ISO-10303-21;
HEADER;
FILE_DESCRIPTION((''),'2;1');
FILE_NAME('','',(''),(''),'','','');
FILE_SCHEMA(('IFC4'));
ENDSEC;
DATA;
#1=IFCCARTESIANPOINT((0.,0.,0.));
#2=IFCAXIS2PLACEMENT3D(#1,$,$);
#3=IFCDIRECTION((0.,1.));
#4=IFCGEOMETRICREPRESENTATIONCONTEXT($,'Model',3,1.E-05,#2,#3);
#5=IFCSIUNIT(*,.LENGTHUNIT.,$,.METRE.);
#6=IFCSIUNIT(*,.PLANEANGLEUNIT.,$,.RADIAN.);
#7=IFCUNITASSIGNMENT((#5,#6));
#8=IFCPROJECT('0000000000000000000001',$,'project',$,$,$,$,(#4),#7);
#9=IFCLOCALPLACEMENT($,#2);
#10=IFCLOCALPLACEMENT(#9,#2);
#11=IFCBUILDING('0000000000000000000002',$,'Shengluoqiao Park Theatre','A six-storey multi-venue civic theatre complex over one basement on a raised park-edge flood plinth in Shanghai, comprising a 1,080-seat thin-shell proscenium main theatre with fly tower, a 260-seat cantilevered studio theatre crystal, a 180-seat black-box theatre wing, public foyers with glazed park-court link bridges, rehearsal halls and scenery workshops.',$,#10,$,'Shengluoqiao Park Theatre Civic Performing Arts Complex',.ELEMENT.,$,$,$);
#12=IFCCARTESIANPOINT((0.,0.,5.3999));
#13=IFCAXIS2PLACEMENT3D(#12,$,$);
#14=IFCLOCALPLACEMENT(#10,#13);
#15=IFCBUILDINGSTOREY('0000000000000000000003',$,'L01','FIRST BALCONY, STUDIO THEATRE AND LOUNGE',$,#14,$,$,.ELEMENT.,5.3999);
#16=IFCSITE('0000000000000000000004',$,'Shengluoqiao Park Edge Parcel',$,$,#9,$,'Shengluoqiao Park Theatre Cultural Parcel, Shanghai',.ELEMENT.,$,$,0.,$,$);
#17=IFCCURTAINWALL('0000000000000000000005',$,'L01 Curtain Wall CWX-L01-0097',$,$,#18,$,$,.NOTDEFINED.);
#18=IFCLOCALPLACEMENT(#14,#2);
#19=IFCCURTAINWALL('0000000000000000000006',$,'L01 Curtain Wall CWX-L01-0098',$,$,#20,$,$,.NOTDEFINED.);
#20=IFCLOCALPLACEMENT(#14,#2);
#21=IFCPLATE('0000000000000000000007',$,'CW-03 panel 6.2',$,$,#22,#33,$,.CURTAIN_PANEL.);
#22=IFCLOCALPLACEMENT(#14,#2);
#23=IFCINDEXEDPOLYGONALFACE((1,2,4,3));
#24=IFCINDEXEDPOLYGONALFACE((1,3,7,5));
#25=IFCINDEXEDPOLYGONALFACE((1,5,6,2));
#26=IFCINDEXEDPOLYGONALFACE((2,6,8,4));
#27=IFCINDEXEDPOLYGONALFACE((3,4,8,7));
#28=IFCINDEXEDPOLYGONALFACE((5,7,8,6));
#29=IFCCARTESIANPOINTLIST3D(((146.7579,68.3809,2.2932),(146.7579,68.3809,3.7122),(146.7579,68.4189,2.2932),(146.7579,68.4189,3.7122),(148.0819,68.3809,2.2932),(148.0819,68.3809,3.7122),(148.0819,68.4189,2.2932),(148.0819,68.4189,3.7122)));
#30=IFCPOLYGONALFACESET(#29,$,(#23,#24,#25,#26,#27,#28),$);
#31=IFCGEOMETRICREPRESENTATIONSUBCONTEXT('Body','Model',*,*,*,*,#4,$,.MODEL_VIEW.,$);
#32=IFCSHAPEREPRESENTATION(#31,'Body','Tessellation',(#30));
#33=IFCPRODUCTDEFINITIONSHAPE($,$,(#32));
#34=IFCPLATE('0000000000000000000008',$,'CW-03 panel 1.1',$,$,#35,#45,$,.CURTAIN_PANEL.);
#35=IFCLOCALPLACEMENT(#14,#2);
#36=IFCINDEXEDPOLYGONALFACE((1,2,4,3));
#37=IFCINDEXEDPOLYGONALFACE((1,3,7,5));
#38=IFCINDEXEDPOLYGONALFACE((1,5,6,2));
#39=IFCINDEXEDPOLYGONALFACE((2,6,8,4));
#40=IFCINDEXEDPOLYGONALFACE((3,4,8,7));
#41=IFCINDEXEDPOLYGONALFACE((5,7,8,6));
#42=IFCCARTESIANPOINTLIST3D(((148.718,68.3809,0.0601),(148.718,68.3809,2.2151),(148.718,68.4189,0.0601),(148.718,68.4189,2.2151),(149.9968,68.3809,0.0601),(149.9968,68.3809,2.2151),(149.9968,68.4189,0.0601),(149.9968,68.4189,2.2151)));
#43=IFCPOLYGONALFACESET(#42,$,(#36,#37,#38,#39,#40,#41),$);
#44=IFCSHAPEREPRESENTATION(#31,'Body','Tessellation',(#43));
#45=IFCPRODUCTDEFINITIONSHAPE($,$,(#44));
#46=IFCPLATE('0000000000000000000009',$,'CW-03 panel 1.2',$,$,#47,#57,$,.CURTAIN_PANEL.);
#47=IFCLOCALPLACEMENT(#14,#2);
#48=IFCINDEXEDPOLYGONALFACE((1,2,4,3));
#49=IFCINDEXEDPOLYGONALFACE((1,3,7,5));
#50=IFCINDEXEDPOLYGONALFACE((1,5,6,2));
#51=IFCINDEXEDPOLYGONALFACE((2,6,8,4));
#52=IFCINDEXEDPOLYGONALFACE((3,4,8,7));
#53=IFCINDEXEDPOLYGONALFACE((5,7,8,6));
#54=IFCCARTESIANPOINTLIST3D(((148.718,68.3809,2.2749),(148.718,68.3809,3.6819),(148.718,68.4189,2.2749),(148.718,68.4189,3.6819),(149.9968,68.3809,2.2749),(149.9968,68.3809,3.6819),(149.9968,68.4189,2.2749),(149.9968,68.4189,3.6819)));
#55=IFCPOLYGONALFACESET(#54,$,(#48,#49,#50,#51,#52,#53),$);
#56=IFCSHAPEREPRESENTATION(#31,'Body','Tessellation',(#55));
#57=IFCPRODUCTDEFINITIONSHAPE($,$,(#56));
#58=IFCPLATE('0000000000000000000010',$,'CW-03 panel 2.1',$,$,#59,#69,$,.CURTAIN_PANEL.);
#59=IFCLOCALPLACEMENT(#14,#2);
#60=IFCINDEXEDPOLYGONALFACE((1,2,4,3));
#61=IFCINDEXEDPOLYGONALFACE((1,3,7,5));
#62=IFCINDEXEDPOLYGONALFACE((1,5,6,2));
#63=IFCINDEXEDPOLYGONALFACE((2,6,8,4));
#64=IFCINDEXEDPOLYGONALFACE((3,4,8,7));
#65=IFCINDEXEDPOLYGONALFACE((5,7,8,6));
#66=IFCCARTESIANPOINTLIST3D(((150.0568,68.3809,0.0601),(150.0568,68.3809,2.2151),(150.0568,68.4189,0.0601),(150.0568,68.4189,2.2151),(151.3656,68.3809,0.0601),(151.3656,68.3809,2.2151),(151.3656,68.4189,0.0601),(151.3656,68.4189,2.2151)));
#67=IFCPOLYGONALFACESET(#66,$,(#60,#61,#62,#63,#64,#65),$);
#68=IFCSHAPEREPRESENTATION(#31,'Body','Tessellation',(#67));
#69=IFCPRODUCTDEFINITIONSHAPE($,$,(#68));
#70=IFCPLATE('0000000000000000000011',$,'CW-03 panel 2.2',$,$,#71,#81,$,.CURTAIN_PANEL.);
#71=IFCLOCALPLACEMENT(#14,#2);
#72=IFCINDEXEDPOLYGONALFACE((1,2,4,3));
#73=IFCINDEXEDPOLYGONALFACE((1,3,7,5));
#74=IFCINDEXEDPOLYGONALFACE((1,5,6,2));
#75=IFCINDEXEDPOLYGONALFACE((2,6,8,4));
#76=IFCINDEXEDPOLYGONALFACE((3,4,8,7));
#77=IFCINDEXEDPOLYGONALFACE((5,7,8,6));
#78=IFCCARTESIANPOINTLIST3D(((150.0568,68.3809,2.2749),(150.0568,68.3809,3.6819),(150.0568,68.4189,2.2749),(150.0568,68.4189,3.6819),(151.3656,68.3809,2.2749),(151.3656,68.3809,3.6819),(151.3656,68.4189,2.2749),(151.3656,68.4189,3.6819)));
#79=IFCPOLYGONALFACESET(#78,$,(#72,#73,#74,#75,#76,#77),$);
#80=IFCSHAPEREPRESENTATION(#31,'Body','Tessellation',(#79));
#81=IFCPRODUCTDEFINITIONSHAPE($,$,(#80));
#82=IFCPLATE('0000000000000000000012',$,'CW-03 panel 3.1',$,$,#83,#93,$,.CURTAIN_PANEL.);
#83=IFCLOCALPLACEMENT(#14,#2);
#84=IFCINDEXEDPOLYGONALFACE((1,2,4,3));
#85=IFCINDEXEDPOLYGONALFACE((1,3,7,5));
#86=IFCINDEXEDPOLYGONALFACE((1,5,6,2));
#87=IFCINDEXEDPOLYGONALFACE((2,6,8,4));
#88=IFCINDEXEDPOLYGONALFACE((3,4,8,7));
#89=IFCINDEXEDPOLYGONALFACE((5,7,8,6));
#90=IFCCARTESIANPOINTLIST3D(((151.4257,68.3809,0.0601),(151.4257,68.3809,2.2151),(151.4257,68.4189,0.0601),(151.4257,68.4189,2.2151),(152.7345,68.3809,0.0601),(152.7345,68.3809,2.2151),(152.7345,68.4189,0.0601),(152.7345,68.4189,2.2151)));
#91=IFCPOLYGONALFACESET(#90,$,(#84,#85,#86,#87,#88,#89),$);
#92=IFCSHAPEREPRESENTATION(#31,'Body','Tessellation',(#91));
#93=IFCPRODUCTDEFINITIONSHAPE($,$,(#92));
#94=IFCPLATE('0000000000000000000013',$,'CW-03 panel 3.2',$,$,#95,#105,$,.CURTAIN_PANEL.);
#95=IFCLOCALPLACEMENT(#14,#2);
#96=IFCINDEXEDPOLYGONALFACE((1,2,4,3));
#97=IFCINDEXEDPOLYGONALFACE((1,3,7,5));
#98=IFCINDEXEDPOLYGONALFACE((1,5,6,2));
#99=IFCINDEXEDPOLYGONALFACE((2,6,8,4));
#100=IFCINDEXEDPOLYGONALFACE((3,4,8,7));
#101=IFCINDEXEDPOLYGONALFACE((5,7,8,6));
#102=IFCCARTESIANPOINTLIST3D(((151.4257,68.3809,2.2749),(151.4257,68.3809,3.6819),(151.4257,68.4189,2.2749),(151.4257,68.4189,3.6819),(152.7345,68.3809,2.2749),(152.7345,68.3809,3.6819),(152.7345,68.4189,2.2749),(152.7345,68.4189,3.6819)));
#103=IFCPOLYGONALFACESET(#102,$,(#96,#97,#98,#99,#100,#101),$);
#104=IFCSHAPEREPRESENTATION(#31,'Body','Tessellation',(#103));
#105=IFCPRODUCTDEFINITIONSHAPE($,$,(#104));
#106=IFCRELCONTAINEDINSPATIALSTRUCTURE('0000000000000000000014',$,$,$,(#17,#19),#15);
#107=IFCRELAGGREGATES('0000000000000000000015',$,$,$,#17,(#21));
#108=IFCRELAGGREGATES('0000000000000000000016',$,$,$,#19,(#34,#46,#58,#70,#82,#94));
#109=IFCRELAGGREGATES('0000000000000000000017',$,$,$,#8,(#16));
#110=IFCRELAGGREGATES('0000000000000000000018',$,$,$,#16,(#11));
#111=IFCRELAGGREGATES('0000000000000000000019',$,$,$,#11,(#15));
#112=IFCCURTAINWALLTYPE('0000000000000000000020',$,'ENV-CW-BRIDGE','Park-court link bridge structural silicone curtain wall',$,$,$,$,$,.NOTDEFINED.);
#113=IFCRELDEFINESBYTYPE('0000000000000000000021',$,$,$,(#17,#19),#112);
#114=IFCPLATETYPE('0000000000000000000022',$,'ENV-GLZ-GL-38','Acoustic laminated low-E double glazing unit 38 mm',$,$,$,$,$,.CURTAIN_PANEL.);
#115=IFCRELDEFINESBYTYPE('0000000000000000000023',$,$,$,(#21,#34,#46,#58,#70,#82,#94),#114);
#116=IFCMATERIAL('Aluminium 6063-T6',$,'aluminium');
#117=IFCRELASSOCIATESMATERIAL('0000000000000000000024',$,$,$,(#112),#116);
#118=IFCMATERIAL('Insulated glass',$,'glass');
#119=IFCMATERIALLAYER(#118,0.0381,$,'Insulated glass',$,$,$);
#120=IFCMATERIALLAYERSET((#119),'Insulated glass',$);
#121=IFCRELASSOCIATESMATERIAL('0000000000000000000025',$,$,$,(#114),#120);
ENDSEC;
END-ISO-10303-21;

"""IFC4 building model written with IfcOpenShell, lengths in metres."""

from ifc_helpers import new_model, si_unit, direction, frame, origin, origin_2d, place, context, subcontext, project, spatial, rectangle, extrude, material, layer, layer_set, type_object, element, aggregate, save


model = new_model("IFC4")

# Units and contexts
model_context = context("Model", 3, precision=1e-05, world=origin(), true_north=direction((0.0, 1.0)))
body_context = subcontext(model_context, "Body", "Model", "MODEL_VIEW")
ifc_project = project(units=[si_unit("LENGTHUNIT", "METRE"), si_unit("PLANEANGLEUNIT", "RADIAN")], contexts=[model_context])

# Site, building, storey
site_placement = place(None, origin())
site = spatial("IfcSite", under=ifc_project, at=site_placement, Name="Shengluoqiao Park Edge Parcel", LongName="Shengluoqiao Park Theatre Cultural Parcel, Shanghai", CompositionType="ELEMENT", RefElevation=0.0)
building_placement = place(site_placement, origin())
building = spatial("IfcBuilding", under=site, at=building_placement, Name="Shengluoqiao Park Theatre", Description="A six-storey multi-venue civic theatre complex over one basement on a raised park-edge flood plinth in Shanghai, comprising a 1,080-seat thin-shell proscenium main theatre with fly tower, a 260-seat cantilevered studio theatre crystal, a 180-seat black-box theatre wing, public foyers with glazed park-court link bridges, rehearsal halls and scenery workshops.", LongName="Shengluoqiao Park Theatre Civic Performing Arts Complex", CompositionType="ELEMENT")
storey_placement = place(building_placement, frame((0.0, 0.0, 5.3999)))
storey = spatial("IfcBuildingStorey", under=building, at=storey_placement, Name="L01", Description="FIRST BALCONY, STUDIO THEATRE AND LOUNGE", CompositionType="ELEMENT", Elevation=5.3999)

# Curtain walls
ifc_material_1 = material(Name="Aluminium 6063-T6", Category="aluminium")
curtain_wall_type = type_object("IfcCurtainWallType", Name="ENV-CW-BRIDGE", Description="Park-court link bridge structural silicone curtain wall", PredefinedType="NOTDEFINED", material=ifc_material_1)
curtain_wall_1_placement = place(storey_placement, origin())
curtain_wall_1 = element("IfcCurtainWall", 1, at=curtain_wall_1_placement, inside=storey, type_object=curtain_wall_type, Name="L01 Curtain Wall CWX-L01-0097", PredefinedType="NOTDEFINED")
curtain_wall_2_placement = place(storey_placement, origin())
curtain_wall_2 = element("IfcCurtainWall", 2, at=curtain_wall_2_placement, inside=storey, type_object=curtain_wall_type, Name="L01 Curtain Wall CWX-L01-0098", PredefinedType="NOTDEFINED")

# Plates
ifc_material_2 = material(Name="Insulated glass", Category="glass")
ifc_layer = layer(ifc_material_2, 0.0381, Name="Insulated glass")
ifc_layer_set = layer_set([ifc_layer], Name="Insulated glass")
plate_type = type_object("IfcPlateType", Name="ENV-GLZ-GL-38", Description="Acoustic laminated low-E double glazing unit 38 mm", PredefinedType="CURTAIN_PANEL", material=ifc_layer_set)
plate_1_placement = place(storey_placement, frame((147.4199, 68.3999, 2.2932), z_axis=(0.0, 0.0, 1.0), x_axis=(1.0, 0.0, 0.0)))
plate_1 = element("IfcPlate", 3, at=plate_1_placement, type_object=plate_type, Name="CW-03 panel 6.2", PredefinedType="CURTAIN_PANEL", context=body_context, shape_type="SweptSolid", body=[
    extrude(rectangle(XDim=1.324, YDim=0.0381, at=origin_2d()), origin(), (0.0, 0.0, 1.0), 1.4189),
])
aggregate(curtain_wall_1, [plate_1])
plate_2_placement = place(storey_placement, frame((149.3574, 68.3999, 0.0601), z_axis=(0.0, 0.0, 1.0), x_axis=(1.0, 0.0, 0.0)))
plate_2 = element("IfcPlate", 4, at=plate_2_placement, type_object=plate_type, Name="CW-03 panel 1.1", PredefinedType="CURTAIN_PANEL", context=body_context, shape_type="SweptSolid", body=[
    extrude(rectangle(XDim=1.2788, YDim=0.0381, at=origin_2d()), origin(), (0.0, 0.0, 1.0), 2.155),
])
plate_3_placement = place(storey_placement, frame((149.3574, 68.3999, 2.2749), z_axis=(0.0, 0.0, 1.0), x_axis=(1.0, 0.0, 0.0)))
plate_3 = element("IfcPlate", 5, at=plate_3_placement, type_object=plate_type, Name="CW-03 panel 1.2", PredefinedType="CURTAIN_PANEL", context=body_context, shape_type="SweptSolid", body=[
    extrude(rectangle(XDim=1.2788, YDim=0.0381, at=origin_2d()), origin(), (0.0, 0.0, 1.0), 1.407),
])
plate_4_placement = place(storey_placement, frame((150.7112, 68.3999, 0.0601), z_axis=(0.0, 0.0, 1.0), x_axis=(1.0, 0.0, 0.0)))
plate_4 = element("IfcPlate", 6, at=plate_4_placement, type_object=plate_type, Name="CW-03 panel 2.1", PredefinedType="CURTAIN_PANEL", context=body_context, shape_type="SweptSolid", body=[
    extrude(rectangle(XDim=1.3088, YDim=0.0381, at=origin_2d()), origin(), (0.0, 0.0, 1.0), 2.155),
])
plate_5_placement = place(storey_placement, frame((150.7112, 68.3999, 2.2749), z_axis=(0.0, 0.0, 1.0), x_axis=(1.0, 0.0, 0.0)))
plate_5 = element("IfcPlate", 7, at=plate_5_placement, type_object=plate_type, Name="CW-03 panel 2.2", PredefinedType="CURTAIN_PANEL", context=body_context, shape_type="SweptSolid", body=[
    extrude(rectangle(XDim=1.3088, YDim=0.0381, at=origin_2d()), origin(), (0.0, 0.0, 1.0), 1.407),
])
plate_6_placement = place(storey_placement, frame((152.0801, 68.3999, 0.0601), z_axis=(0.0, 0.0, 1.0), x_axis=(1.0, 0.0, 0.0)))
plate_6 = element("IfcPlate", 8, at=plate_6_placement, type_object=plate_type, Name="CW-03 panel 3.1", PredefinedType="CURTAIN_PANEL", context=body_context, shape_type="SweptSolid", body=[
    extrude(rectangle(XDim=1.3088, YDim=0.0381, at=origin_2d()), origin(), (0.0, 0.0, 1.0), 2.155),
])
plate_7_placement = place(storey_placement, frame((152.0801, 68.3999, 2.2749), z_axis=(0.0, 0.0, 1.0), x_axis=(1.0, 0.0, 0.0)))
plate_7 = element("IfcPlate", 9, at=plate_7_placement, type_object=plate_type, Name="CW-03 panel 3.2", PredefinedType="CURTAIN_PANEL", context=body_context, shape_type="SweptSolid", body=[
    extrude(rectangle(XDim=1.3088, YDim=0.0381, at=origin_2d()), origin(), (0.0, 0.0, 1.0), 1.407),
])
aggregate(curtain_wall_2, [plate_2, plate_3, plate_4, plate_5, plate_6, plate_7])

save(model, "model.ifc")
